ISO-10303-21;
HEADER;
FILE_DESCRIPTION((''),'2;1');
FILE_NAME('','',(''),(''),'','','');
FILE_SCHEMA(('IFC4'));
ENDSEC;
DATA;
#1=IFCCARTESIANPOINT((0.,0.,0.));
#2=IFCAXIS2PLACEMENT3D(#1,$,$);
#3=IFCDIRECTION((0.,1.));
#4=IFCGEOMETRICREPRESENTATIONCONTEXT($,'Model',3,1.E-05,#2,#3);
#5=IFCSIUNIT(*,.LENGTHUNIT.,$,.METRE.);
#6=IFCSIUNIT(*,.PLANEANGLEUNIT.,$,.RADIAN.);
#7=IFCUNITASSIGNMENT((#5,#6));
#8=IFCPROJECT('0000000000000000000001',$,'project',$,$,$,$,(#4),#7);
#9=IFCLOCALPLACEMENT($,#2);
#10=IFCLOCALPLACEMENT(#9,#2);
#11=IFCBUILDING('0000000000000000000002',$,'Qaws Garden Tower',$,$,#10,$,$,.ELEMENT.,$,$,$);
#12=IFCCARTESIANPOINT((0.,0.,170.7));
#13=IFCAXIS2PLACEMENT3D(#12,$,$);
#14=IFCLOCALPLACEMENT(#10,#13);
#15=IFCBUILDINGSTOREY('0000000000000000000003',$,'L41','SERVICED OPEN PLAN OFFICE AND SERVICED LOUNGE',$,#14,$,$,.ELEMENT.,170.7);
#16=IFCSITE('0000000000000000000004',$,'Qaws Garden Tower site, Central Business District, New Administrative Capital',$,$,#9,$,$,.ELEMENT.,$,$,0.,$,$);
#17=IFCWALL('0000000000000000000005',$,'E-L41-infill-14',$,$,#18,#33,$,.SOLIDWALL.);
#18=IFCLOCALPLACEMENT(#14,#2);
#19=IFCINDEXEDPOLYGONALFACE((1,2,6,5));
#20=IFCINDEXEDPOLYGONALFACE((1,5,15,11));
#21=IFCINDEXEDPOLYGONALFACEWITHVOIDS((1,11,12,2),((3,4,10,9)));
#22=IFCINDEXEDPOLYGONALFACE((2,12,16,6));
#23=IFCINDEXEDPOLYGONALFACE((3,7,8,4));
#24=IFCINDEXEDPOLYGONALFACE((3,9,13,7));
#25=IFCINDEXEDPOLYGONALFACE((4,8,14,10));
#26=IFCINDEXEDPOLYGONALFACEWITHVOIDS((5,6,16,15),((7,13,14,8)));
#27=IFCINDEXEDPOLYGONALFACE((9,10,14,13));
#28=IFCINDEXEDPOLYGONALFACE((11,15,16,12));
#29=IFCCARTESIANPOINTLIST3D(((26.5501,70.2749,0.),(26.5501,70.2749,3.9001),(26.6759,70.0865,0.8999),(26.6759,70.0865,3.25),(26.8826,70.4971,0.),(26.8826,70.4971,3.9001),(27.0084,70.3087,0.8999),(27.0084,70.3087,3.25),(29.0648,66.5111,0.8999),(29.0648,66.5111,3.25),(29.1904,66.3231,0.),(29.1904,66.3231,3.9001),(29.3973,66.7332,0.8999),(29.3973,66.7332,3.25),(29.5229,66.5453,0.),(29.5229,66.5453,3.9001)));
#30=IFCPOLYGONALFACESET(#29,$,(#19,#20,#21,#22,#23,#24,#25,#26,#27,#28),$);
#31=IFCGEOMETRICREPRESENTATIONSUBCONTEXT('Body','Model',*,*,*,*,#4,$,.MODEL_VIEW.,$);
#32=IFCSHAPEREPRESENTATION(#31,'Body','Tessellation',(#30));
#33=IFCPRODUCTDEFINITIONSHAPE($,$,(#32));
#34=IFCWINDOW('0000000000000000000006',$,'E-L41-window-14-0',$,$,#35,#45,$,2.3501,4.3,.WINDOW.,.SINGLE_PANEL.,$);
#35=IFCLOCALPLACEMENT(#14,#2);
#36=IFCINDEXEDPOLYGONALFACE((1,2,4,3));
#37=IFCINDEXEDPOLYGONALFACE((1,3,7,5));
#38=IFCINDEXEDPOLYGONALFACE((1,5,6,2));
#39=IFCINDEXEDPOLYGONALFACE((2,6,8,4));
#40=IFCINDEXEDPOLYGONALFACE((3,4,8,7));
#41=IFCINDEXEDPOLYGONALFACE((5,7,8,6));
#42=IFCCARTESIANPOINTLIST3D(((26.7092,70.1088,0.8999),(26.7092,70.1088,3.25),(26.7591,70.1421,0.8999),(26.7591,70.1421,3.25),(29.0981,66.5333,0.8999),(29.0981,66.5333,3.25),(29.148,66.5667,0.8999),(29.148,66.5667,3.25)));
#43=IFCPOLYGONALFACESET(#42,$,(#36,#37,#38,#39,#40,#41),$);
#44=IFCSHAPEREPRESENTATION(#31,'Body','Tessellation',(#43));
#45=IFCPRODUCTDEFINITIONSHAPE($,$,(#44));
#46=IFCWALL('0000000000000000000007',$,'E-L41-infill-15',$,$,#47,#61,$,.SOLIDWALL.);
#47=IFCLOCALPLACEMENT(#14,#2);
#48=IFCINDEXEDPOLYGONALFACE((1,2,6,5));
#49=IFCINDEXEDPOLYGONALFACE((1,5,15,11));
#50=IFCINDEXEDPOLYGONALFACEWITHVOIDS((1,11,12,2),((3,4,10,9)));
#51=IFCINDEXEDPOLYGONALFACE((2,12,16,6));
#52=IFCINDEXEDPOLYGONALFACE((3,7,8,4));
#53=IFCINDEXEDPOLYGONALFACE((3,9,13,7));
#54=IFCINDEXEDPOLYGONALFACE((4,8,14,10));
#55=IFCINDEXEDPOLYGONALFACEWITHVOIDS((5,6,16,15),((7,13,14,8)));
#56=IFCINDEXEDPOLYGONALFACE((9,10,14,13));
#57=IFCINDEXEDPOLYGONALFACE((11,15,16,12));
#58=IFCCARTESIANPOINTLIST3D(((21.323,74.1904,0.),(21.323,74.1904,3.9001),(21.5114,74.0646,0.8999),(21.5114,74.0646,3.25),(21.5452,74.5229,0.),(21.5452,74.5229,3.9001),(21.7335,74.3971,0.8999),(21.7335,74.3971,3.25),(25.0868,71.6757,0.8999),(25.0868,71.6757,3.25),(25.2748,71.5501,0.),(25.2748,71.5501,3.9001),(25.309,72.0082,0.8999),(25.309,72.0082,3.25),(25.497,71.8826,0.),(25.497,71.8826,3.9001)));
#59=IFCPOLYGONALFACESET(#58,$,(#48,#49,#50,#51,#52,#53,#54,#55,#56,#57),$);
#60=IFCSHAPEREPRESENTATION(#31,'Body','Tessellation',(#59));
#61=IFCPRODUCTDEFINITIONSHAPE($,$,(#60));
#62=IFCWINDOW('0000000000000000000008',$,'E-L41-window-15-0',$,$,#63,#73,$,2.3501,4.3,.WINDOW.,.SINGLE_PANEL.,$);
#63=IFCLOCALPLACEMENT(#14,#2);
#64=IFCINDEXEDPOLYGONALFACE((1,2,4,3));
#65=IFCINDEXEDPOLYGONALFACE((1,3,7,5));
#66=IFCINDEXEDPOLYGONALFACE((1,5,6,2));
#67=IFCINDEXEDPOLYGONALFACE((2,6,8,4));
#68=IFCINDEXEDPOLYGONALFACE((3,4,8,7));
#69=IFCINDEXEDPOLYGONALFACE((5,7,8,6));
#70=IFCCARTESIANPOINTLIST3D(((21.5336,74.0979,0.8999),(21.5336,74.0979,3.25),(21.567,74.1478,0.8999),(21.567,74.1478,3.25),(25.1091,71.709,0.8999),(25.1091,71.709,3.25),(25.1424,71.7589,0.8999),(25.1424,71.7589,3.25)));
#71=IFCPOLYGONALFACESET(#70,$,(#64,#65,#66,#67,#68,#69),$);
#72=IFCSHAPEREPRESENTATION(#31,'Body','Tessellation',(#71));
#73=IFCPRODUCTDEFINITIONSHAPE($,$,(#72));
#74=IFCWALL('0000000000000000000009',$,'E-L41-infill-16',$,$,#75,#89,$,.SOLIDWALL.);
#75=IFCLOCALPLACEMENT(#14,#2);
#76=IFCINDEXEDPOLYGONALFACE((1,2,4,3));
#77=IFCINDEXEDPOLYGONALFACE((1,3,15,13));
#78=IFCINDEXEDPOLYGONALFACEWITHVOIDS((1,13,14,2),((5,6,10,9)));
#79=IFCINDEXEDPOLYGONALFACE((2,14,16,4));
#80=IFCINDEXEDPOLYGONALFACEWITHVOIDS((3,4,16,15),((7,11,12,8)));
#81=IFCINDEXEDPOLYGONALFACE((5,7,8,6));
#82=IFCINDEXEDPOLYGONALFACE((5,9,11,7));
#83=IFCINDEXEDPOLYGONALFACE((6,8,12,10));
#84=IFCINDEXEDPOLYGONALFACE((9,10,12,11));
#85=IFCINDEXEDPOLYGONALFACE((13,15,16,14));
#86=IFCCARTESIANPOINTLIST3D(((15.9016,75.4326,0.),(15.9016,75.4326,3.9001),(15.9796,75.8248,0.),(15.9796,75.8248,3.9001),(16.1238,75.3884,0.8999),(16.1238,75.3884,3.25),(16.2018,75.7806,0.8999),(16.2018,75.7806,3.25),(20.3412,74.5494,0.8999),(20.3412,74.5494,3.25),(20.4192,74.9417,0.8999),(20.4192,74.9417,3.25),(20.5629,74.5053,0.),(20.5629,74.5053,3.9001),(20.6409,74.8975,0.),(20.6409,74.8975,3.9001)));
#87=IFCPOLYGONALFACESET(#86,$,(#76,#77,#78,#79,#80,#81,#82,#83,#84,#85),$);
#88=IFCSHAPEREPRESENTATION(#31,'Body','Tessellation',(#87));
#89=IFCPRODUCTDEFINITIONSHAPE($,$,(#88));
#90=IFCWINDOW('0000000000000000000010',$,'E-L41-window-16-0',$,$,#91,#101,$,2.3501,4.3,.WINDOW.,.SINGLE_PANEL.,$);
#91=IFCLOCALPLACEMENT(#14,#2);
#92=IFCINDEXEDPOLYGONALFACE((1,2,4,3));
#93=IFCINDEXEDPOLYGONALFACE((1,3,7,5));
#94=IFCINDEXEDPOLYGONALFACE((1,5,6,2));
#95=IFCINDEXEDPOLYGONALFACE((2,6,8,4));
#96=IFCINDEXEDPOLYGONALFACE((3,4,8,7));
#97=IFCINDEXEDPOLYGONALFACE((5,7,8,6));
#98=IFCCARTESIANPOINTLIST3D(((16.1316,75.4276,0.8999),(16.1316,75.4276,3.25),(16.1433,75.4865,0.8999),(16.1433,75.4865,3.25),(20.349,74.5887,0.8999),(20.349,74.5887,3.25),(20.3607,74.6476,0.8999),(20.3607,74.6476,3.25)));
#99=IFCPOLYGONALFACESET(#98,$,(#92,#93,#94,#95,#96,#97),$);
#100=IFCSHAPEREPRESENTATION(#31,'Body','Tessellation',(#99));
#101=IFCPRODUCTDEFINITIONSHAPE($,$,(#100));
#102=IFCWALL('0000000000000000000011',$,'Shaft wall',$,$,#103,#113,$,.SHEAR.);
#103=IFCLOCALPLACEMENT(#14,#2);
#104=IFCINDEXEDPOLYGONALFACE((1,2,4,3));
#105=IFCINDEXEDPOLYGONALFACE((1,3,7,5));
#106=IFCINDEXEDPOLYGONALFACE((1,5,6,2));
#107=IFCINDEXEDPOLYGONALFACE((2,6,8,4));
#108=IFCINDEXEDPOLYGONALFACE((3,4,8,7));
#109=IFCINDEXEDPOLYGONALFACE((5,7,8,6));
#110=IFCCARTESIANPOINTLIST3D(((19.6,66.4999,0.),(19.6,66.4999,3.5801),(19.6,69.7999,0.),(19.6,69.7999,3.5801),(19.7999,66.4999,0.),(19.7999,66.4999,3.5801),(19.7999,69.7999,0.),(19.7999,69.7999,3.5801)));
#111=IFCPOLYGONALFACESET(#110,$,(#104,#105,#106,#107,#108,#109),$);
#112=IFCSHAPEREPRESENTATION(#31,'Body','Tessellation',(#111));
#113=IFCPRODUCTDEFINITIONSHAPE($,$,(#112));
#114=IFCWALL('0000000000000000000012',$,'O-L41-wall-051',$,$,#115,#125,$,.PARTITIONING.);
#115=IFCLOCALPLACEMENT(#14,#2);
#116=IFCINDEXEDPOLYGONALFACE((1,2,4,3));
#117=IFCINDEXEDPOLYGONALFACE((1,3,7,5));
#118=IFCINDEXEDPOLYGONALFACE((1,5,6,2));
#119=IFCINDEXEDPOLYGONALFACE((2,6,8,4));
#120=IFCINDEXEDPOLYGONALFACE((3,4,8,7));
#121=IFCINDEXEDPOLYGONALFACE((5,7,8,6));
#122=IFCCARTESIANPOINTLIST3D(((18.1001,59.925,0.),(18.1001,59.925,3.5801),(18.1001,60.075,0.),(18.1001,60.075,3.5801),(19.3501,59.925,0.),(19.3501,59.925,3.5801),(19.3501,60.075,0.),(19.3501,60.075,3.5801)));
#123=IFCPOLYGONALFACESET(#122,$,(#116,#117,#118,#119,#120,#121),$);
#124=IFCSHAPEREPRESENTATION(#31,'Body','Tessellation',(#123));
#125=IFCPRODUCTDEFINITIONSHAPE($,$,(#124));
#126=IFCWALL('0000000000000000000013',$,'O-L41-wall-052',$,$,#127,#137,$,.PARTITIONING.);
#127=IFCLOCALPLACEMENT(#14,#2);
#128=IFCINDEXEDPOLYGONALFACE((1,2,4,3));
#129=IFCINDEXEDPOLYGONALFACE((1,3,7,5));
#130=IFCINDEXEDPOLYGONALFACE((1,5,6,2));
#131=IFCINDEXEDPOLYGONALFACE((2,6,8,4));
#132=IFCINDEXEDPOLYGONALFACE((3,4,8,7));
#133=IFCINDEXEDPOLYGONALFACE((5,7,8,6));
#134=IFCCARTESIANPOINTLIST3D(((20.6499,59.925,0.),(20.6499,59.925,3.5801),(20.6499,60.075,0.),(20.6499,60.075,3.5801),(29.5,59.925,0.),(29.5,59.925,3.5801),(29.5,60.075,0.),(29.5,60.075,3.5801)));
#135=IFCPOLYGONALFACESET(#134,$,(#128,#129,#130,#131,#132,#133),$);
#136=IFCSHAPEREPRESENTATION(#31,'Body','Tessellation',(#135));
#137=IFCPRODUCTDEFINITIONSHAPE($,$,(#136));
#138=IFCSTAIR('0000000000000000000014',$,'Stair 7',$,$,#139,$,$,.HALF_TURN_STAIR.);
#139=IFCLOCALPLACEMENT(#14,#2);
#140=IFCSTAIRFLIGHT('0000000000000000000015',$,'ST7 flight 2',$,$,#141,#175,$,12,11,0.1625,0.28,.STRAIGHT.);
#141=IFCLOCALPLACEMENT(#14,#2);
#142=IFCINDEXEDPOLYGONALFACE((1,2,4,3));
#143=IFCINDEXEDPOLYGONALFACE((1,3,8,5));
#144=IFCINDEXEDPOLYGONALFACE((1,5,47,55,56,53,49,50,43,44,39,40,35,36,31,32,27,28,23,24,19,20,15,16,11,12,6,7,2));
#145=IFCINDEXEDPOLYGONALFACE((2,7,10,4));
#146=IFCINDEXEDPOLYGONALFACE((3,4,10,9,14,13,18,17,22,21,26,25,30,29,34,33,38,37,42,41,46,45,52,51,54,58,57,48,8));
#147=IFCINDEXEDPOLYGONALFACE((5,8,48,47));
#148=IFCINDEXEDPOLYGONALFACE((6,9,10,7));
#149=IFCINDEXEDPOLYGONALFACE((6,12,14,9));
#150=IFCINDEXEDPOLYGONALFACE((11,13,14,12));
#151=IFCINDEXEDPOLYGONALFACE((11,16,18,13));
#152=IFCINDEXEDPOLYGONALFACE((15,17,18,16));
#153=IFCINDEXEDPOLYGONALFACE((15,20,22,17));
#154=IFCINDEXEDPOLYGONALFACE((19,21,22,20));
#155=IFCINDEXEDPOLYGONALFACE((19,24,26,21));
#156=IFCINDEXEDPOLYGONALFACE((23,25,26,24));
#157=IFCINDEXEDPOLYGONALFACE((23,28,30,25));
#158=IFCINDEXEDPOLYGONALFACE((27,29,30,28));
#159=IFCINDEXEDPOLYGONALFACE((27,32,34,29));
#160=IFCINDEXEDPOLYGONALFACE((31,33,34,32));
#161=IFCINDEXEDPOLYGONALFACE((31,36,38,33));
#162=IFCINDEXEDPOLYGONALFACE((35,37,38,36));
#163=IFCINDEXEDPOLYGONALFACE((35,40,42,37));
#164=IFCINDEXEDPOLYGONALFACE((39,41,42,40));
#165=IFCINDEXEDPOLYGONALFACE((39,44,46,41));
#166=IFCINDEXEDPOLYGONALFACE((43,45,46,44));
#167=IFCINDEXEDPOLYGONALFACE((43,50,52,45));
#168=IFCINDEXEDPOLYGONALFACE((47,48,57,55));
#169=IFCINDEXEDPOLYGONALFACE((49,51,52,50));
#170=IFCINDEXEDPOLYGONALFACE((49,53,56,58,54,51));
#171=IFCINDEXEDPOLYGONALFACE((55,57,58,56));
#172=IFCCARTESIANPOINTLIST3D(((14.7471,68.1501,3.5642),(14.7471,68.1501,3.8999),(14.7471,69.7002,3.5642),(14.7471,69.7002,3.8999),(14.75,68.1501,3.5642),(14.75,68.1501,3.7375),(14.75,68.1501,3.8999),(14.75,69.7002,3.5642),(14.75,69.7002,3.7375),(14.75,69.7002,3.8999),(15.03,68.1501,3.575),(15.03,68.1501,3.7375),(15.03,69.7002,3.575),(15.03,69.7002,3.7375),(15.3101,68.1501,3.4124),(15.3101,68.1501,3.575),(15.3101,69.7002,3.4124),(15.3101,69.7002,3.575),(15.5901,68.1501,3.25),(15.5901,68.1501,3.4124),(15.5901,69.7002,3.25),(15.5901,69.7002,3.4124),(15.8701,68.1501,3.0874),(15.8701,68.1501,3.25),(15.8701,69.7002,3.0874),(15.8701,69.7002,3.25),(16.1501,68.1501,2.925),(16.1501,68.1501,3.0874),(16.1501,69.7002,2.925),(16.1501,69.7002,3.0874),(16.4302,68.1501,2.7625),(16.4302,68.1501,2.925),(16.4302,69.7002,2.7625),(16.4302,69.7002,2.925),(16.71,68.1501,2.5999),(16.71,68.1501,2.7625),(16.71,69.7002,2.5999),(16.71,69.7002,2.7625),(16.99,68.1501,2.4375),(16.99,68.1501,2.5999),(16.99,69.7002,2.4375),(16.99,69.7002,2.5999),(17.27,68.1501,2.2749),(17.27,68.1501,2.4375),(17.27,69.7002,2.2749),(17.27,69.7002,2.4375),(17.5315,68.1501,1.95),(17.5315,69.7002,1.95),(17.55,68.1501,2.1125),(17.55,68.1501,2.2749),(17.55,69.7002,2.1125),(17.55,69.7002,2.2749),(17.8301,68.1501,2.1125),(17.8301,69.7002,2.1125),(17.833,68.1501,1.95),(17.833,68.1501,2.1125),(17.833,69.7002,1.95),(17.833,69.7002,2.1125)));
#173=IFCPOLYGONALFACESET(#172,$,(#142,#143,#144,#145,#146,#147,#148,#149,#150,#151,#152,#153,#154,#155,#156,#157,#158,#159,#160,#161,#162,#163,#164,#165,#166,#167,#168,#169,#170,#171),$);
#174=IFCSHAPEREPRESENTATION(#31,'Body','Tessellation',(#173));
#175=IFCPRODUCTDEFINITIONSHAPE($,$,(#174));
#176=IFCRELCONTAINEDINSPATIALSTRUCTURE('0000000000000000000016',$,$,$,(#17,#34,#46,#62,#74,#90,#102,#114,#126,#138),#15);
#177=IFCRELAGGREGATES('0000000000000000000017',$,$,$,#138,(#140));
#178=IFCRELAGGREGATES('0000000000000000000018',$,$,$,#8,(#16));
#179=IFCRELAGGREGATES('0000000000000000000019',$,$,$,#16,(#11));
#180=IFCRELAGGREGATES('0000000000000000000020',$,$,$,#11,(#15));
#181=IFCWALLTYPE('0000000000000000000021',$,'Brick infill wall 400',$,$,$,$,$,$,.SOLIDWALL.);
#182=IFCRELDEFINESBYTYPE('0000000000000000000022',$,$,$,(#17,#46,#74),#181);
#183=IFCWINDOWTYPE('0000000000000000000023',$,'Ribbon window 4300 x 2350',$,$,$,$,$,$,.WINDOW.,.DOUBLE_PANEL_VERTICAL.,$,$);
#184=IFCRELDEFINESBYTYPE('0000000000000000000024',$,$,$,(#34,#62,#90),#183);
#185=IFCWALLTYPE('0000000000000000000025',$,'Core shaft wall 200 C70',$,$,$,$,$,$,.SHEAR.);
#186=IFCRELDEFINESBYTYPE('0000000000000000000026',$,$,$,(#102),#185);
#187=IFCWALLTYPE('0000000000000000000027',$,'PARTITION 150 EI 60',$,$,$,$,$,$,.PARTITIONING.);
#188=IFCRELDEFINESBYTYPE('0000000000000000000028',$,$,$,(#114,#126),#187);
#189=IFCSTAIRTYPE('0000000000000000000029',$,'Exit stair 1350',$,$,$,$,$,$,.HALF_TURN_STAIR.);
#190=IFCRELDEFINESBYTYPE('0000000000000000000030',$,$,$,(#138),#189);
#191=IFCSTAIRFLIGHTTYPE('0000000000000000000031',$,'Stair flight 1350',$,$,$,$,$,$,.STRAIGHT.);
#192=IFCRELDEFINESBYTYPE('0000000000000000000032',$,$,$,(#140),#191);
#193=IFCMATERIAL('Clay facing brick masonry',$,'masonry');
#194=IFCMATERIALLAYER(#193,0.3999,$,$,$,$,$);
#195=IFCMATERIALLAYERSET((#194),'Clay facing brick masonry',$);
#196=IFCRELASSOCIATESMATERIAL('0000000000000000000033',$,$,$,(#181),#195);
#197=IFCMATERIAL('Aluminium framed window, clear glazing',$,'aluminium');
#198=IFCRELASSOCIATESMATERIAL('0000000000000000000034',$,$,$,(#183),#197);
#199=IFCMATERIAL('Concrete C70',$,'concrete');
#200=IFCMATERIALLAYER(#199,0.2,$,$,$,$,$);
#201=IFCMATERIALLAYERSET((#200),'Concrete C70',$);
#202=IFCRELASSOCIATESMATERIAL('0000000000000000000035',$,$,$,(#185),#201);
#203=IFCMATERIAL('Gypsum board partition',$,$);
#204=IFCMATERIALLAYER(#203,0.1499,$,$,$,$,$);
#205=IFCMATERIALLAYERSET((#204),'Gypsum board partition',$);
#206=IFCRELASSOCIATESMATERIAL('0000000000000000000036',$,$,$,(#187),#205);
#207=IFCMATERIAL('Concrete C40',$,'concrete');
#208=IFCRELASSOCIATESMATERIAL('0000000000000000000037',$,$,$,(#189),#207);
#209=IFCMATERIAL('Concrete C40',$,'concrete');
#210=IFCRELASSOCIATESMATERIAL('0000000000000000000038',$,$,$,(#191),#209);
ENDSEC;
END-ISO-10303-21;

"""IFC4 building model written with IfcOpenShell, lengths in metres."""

from ifc_helpers import new_model, si_unit, direction, frame, frame_2d, origin, place, context, subcontext, project, spatial, polyline, rectangle, outline, extrude, material, layer, layer_set, type_object, element, fill, aggregate, save


model = new_model("IFC4")

# Units and contexts
model_context = context("Model", 3, precision=1e-05, world=origin(), true_north=direction((0.0, 1.0)))
body_context = subcontext(model_context, "Body", "Model", "MODEL_VIEW")
ifc_project = project(units=[si_unit("LENGTHUNIT", "METRE"), si_unit("PLANEANGLEUNIT", "RADIAN")], contexts=[model_context])

# Site, building, storey
site_placement = place(None, origin())
site = spatial("IfcSite", under=ifc_project, at=site_placement, Name="Qaws Garden Tower site, Central Business District, New Administrative Capital", CompositionType="ELEMENT", RefElevation=0.0)
building_placement = place(site_placement, origin())
building = spatial("IfcBuilding", under=site, at=building_placement, Name="Qaws Garden Tower", CompositionType="ELEMENT")
storey_placement = place(building_placement, frame((0.0, 0.0, 170.7)))
storey = spatial("IfcBuildingStorey", under=building, at=storey_placement, Name="L41", Description="SERVICED OPEN PLAN OFFICE AND SERVICED LOUNGE", CompositionType="ELEMENT", Elevation=170.7)

# Walls, openings, windows
ifc_material_1 = material(Name="Clay facing brick masonry", Category="masonry")
ifc_layer_1 = layer(ifc_material_1, 0.3999)
ifc_layer_set_1 = layer_set([ifc_layer_1], Name="Clay facing brick masonry")
wall_type_1 = type_object("IfcWallType", Name="Brick infill wall 400", PredefinedType="SOLIDWALL", material=ifc_layer_set_1)
ifc_material_2 = material(Name="Aluminium framed window, clear glazing", Category="aluminium")
window_type = type_object("IfcWindowType", Name="Ribbon window 4300 x 2350", PartitioningType="DOUBLE_PANEL_VERTICAL", PredefinedType="WINDOW", material=ifc_material_2)
wall_1_placement = place(storey_placement, frame((29.3567, 66.4341, 0.0), z_axis=(0.0, 0.0, 1.0), x_axis=(-0.555542, 0.831489, 0.0)))
wall_1 = element("IfcWall", 1, at=wall_1_placement, inside=storey, type_object=wall_type_1, Name="E-L41-infill-14", PredefinedType="SOLIDWALL", context=body_context, shape_type="SweptSolid", body=[
    extrude(rectangle(XDim=4.7527, YDim=0.3999, at=frame_2d((2.3765, 0.0))), origin(), (0.0, 0.0, 1.0), 3.9001),
])
opening_1_placement = place(wall_1_placement, frame((0.2263, 0.0, 0.8999)))
opening_1 = element("IfcOpeningElement", 2, at=opening_1_placement, cuts=wall_1, PredefinedType="OPENING", context=body_context, shape_type="SweptSolid", body=[
    extrude(rectangle(XDim=4.3, YDim=2.3501, at=frame_2d((2.1499, 1.175))), frame((0.0, 0.21, 0.0), z_axis=(0.0, -1.0, 0.0), x_axis=(1.0, 0.0, 0.0)), (0.0, 0.0, 1.0), 0.4199),
])
window_1_placement = place(opening_1_placement, origin())
window_1 = element("IfcWindow", 3, at=window_1_placement, inside=storey, type_object=window_type, Name="E-L41-window-14-0", OverallHeight=2.3501, OverallWidth=4.3, PartitioningType="SINGLE_PANEL", PredefinedType="WINDOW", context=body_context, shape_type="SweptSolid", body=[
    extrude(rectangle(XDim=4.3, YDim=2.3501, at=frame_2d((2.1499, 1.175))), frame((0.0, 0.1599, 0.0), z_axis=(0.0, -1.0, 0.0), x_axis=(1.0, 0.0, 0.0)), (0.0, 0.0, 1.0), 0.0601),
])
fill(opening_1, window_1)
wall_2_placement = place(storey_placement, frame((25.386, 71.7163, 0.0), z_axis=(0.0, 0.0, 1.0), x_axis=(-0.831489, 0.555542, 0.0)))
wall_2 = element("IfcWall", 4, at=wall_2_placement, inside=storey, type_object=wall_type_1, Name="E-L41-infill-15", PredefinedType="SOLIDWALL", context=body_context, shape_type="SweptSolid", body=[
    extrude(rectangle(XDim=4.7527, YDim=0.3999, at=frame_2d((2.3765, 0.0))), origin(), (0.0, 0.0, 1.0), 3.9001),
])
opening_2_placement = place(wall_2_placement, frame((0.2263, 0.0, 0.8999)))
opening_2 = element("IfcOpeningElement", 5, at=opening_2_placement, cuts=wall_2, PredefinedType="OPENING", context=body_context, shape_type="SweptSolid", body=[
    extrude(rectangle(XDim=4.3, YDim=2.3501, at=frame_2d((2.1499, 1.175))), frame((0.0, 0.21, 0.0), z_axis=(0.0, -1.0, 0.0), x_axis=(1.0, 0.0, 0.0)), (0.0, 0.0, 1.0), 0.4199),
])
window_2_placement = place(opening_2_placement, origin())
window_2 = element("IfcWindow", 6, at=window_2_placement, inside=storey, type_object=window_type, Name="E-L41-window-15-0", OverallHeight=2.3501, OverallWidth=4.3, PartitioningType="SINGLE_PANEL", PredefinedType="WINDOW", context=body_context, shape_type="SweptSolid", body=[
    extrude(rectangle(XDim=4.3, YDim=2.3501, at=frame_2d((2.1499, 1.175))), frame((0.0, 0.1599, 0.0), z_axis=(0.0, -1.0, 0.0), x_axis=(1.0, 0.0, 0.0)), (0.0, 0.0, 1.0), 0.0601),
])
fill(opening_2, window_2)
wall_3_placement = place(storey_placement, frame((20.6021, 74.7014, 0.0), z_axis=(0.0, 0.0, 1.0), x_axis=(-0.980784, 0.195099, 0.0)))
wall_3 = element("IfcWall", 7, at=wall_3_placement, inside=storey, type_object=wall_type_1, Name="E-L41-infill-16", PredefinedType="SOLIDWALL", context=body_context, shape_type="SweptSolid", body=[
    extrude(rectangle(XDim=4.7527, YDim=0.3999, at=frame_2d((2.3765, 0.0))), origin(), (0.0, 0.0, 1.0), 3.9001),
])
opening_3_placement = place(wall_3_placement, frame((0.2263, 0.0, 0.8999)))
opening_3 = element("IfcOpeningElement", 8, at=opening_3_placement, cuts=wall_3, PredefinedType="OPENING", context=body_context, shape_type="SweptSolid", body=[
    extrude(rectangle(XDim=4.3, YDim=2.3501, at=frame_2d((2.1499, 1.175))), frame((0.0, 0.21, 0.0), z_axis=(0.0, -1.0, 0.0), x_axis=(1.0, 0.0, 0.0)), (0.0, 0.0, 1.0), 0.4199),
])
window_3_placement = place(opening_3_placement, origin())
window_3 = element("IfcWindow", 9, at=window_3_placement, inside=storey, type_object=window_type, Name="E-L41-window-16-0", OverallHeight=2.3501, OverallWidth=4.3, PartitioningType="SINGLE_PANEL", PredefinedType="WINDOW", context=body_context, shape_type="SweptSolid", body=[
    extrude(rectangle(XDim=4.3, YDim=2.3501, at=frame_2d((2.1499, 1.175))), frame((0.0, 0.1599, 0.0), z_axis=(0.0, -1.0, 0.0), x_axis=(1.0, 0.0, 0.0)), (0.0, 0.0, 1.0), 0.0601),
])
fill(opening_3, window_3)

# Walls
ifc_material_3 = material(Name="Concrete C70", Category="concrete")
ifc_layer_2 = layer(ifc_material_3, 0.2)
ifc_layer_set_2 = layer_set([ifc_layer_2], Name="Concrete C70")
wall_type_2 = type_object("IfcWallType", Name="Core shaft wall 200 C70", PredefinedType="SHEAR", material=ifc_layer_set_2)
wall_4_placement = place(storey_placement, frame((19.7, 66.5, 0.0), z_axis=(0.0, 0.0, 1.0), x_axis=(0.0, 1.0, 0.0)))
element("IfcWall", 10, at=wall_4_placement, inside=storey, type_object=wall_type_2, Name="Shaft wall", PredefinedType="SHEAR", context=body_context, shape_type="SweptSolid", body=[
    extrude(rectangle(XDim=3.3, YDim=0.2, at=frame_2d((1.6499, 0.0))), origin(), (0.0, 0.0, 1.0), 3.5801),
])
ifc_material_4 = material(Name="Gypsum board partition")
ifc_layer_3 = layer(ifc_material_4, 0.1499)
ifc_layer_set_3 = layer_set([ifc_layer_3], Name="Gypsum board partition")
wall_type_3 = type_object("IfcWallType", Name="PARTITION 150 EI 60", PredefinedType="PARTITIONING", material=ifc_layer_set_3)
wall_5_placement = place(storey_placement, frame((18.1001, 60.0, 0.0), z_axis=(0.0, 0.0, 1.0), x_axis=(1.0, 0.0, 0.0)))
element("IfcWall", 11, at=wall_5_placement, inside=storey, type_object=wall_type_3, Name="O-L41-wall-051", PredefinedType="PARTITIONING", context=body_context, shape_type="SweptSolid", body=[
    extrude(rectangle(XDim=1.25, YDim=0.1499, at=frame_2d((0.625, 0.0))), origin(), (0.0, 0.0, 1.0), 3.5801),
])
wall_6_placement = place(storey_placement, frame((20.6499, 60.0, 0.0), z_axis=(0.0, 0.0, 1.0), x_axis=(1.0, 0.0, 0.0)))
element("IfcWall", 12, at=wall_6_placement, inside=storey, type_object=wall_type_3, Name="O-L41-wall-052", PredefinedType="PARTITIONING", context=body_context, shape_type="SweptSolid", body=[
    extrude(rectangle(XDim=8.8501, YDim=0.1499, at=frame_2d((4.425, 0.0))), origin(), (0.0, 0.0, 1.0), 3.5801),
])

# Stair, stair flight
ifc_material_5 = material(Name="Concrete C40", Category="concrete")
stair_type = type_object("IfcStairType", Name="Exit stair 1350", PredefinedType="HALF_TURN_STAIR", material=ifc_material_5)
stair_placement = place(storey_placement, origin())
stair = element("IfcStair", 13, at=stair_placement, inside=storey, type_object=stair_type, Name="Stair 7", PredefinedType="HALF_TURN_STAIR")
ifc_material_6 = material(Name="Concrete C40", Category="concrete")
stair_flight_type = type_object("IfcStairFlightType", Name="Stair flight 1350", PredefinedType="STRAIGHT", material=ifc_material_6)
stair_flight_placement = place(storey_placement, frame((17.8301, 68.925, 1.95), z_axis=(0.0, 0.0, 1.0), x_axis=(-1.0, 0.0, 0.0)))
stair_flight = element("IfcStairFlight", 14, at=stair_flight_placement, type_object=stair_flight_type, Name="ST7 flight 2", NumberOfRisers=12, NumberOfTreads=11, PredefinedType="STRAIGHT", RiserHeight=0.1625, TreadLength=0.28, context=body_context, shape_type="SweptSolid", body=[
    extrude(outline(polyline([(-0.0029, 0.0), (-0.0029, 0.1626), (0.0, 0.1626), (0.28, 0.1626), (0.28, 0.325), (0.5601, 0.325), (0.5601, 0.4875), (0.8401, 0.4875), (0.8401, 0.6499), (1.1201, 0.6499), (1.1201, 0.8125), (1.3999, 0.8125), (1.3999, 0.9751), (1.6799, 0.9751), (1.6799, 1.1375), (1.96, 1.1375), (1.96, 1.3), (2.24, 1.3), (2.24, 1.4624), (2.52, 1.4624), (2.52, 1.625), (2.8, 1.625), (2.8, 1.7876), (3.0801, 1.7876), (3.0801, 1.95), (3.083, 1.95), (3.083, 1.6143), (3.0801, 1.6143), (0.2986, 0.0), (-0.0029, 0.0)])), frame((0.0, 0.7749, 0.0), z_axis=(0.0, -1.0, 0.0), x_axis=(1.0, 0.0, 0.0)), (0.0, 0.0, 1.0), 1.55),
])
aggregate(stair, [stair_flight])

save(model, "model.ifc")
